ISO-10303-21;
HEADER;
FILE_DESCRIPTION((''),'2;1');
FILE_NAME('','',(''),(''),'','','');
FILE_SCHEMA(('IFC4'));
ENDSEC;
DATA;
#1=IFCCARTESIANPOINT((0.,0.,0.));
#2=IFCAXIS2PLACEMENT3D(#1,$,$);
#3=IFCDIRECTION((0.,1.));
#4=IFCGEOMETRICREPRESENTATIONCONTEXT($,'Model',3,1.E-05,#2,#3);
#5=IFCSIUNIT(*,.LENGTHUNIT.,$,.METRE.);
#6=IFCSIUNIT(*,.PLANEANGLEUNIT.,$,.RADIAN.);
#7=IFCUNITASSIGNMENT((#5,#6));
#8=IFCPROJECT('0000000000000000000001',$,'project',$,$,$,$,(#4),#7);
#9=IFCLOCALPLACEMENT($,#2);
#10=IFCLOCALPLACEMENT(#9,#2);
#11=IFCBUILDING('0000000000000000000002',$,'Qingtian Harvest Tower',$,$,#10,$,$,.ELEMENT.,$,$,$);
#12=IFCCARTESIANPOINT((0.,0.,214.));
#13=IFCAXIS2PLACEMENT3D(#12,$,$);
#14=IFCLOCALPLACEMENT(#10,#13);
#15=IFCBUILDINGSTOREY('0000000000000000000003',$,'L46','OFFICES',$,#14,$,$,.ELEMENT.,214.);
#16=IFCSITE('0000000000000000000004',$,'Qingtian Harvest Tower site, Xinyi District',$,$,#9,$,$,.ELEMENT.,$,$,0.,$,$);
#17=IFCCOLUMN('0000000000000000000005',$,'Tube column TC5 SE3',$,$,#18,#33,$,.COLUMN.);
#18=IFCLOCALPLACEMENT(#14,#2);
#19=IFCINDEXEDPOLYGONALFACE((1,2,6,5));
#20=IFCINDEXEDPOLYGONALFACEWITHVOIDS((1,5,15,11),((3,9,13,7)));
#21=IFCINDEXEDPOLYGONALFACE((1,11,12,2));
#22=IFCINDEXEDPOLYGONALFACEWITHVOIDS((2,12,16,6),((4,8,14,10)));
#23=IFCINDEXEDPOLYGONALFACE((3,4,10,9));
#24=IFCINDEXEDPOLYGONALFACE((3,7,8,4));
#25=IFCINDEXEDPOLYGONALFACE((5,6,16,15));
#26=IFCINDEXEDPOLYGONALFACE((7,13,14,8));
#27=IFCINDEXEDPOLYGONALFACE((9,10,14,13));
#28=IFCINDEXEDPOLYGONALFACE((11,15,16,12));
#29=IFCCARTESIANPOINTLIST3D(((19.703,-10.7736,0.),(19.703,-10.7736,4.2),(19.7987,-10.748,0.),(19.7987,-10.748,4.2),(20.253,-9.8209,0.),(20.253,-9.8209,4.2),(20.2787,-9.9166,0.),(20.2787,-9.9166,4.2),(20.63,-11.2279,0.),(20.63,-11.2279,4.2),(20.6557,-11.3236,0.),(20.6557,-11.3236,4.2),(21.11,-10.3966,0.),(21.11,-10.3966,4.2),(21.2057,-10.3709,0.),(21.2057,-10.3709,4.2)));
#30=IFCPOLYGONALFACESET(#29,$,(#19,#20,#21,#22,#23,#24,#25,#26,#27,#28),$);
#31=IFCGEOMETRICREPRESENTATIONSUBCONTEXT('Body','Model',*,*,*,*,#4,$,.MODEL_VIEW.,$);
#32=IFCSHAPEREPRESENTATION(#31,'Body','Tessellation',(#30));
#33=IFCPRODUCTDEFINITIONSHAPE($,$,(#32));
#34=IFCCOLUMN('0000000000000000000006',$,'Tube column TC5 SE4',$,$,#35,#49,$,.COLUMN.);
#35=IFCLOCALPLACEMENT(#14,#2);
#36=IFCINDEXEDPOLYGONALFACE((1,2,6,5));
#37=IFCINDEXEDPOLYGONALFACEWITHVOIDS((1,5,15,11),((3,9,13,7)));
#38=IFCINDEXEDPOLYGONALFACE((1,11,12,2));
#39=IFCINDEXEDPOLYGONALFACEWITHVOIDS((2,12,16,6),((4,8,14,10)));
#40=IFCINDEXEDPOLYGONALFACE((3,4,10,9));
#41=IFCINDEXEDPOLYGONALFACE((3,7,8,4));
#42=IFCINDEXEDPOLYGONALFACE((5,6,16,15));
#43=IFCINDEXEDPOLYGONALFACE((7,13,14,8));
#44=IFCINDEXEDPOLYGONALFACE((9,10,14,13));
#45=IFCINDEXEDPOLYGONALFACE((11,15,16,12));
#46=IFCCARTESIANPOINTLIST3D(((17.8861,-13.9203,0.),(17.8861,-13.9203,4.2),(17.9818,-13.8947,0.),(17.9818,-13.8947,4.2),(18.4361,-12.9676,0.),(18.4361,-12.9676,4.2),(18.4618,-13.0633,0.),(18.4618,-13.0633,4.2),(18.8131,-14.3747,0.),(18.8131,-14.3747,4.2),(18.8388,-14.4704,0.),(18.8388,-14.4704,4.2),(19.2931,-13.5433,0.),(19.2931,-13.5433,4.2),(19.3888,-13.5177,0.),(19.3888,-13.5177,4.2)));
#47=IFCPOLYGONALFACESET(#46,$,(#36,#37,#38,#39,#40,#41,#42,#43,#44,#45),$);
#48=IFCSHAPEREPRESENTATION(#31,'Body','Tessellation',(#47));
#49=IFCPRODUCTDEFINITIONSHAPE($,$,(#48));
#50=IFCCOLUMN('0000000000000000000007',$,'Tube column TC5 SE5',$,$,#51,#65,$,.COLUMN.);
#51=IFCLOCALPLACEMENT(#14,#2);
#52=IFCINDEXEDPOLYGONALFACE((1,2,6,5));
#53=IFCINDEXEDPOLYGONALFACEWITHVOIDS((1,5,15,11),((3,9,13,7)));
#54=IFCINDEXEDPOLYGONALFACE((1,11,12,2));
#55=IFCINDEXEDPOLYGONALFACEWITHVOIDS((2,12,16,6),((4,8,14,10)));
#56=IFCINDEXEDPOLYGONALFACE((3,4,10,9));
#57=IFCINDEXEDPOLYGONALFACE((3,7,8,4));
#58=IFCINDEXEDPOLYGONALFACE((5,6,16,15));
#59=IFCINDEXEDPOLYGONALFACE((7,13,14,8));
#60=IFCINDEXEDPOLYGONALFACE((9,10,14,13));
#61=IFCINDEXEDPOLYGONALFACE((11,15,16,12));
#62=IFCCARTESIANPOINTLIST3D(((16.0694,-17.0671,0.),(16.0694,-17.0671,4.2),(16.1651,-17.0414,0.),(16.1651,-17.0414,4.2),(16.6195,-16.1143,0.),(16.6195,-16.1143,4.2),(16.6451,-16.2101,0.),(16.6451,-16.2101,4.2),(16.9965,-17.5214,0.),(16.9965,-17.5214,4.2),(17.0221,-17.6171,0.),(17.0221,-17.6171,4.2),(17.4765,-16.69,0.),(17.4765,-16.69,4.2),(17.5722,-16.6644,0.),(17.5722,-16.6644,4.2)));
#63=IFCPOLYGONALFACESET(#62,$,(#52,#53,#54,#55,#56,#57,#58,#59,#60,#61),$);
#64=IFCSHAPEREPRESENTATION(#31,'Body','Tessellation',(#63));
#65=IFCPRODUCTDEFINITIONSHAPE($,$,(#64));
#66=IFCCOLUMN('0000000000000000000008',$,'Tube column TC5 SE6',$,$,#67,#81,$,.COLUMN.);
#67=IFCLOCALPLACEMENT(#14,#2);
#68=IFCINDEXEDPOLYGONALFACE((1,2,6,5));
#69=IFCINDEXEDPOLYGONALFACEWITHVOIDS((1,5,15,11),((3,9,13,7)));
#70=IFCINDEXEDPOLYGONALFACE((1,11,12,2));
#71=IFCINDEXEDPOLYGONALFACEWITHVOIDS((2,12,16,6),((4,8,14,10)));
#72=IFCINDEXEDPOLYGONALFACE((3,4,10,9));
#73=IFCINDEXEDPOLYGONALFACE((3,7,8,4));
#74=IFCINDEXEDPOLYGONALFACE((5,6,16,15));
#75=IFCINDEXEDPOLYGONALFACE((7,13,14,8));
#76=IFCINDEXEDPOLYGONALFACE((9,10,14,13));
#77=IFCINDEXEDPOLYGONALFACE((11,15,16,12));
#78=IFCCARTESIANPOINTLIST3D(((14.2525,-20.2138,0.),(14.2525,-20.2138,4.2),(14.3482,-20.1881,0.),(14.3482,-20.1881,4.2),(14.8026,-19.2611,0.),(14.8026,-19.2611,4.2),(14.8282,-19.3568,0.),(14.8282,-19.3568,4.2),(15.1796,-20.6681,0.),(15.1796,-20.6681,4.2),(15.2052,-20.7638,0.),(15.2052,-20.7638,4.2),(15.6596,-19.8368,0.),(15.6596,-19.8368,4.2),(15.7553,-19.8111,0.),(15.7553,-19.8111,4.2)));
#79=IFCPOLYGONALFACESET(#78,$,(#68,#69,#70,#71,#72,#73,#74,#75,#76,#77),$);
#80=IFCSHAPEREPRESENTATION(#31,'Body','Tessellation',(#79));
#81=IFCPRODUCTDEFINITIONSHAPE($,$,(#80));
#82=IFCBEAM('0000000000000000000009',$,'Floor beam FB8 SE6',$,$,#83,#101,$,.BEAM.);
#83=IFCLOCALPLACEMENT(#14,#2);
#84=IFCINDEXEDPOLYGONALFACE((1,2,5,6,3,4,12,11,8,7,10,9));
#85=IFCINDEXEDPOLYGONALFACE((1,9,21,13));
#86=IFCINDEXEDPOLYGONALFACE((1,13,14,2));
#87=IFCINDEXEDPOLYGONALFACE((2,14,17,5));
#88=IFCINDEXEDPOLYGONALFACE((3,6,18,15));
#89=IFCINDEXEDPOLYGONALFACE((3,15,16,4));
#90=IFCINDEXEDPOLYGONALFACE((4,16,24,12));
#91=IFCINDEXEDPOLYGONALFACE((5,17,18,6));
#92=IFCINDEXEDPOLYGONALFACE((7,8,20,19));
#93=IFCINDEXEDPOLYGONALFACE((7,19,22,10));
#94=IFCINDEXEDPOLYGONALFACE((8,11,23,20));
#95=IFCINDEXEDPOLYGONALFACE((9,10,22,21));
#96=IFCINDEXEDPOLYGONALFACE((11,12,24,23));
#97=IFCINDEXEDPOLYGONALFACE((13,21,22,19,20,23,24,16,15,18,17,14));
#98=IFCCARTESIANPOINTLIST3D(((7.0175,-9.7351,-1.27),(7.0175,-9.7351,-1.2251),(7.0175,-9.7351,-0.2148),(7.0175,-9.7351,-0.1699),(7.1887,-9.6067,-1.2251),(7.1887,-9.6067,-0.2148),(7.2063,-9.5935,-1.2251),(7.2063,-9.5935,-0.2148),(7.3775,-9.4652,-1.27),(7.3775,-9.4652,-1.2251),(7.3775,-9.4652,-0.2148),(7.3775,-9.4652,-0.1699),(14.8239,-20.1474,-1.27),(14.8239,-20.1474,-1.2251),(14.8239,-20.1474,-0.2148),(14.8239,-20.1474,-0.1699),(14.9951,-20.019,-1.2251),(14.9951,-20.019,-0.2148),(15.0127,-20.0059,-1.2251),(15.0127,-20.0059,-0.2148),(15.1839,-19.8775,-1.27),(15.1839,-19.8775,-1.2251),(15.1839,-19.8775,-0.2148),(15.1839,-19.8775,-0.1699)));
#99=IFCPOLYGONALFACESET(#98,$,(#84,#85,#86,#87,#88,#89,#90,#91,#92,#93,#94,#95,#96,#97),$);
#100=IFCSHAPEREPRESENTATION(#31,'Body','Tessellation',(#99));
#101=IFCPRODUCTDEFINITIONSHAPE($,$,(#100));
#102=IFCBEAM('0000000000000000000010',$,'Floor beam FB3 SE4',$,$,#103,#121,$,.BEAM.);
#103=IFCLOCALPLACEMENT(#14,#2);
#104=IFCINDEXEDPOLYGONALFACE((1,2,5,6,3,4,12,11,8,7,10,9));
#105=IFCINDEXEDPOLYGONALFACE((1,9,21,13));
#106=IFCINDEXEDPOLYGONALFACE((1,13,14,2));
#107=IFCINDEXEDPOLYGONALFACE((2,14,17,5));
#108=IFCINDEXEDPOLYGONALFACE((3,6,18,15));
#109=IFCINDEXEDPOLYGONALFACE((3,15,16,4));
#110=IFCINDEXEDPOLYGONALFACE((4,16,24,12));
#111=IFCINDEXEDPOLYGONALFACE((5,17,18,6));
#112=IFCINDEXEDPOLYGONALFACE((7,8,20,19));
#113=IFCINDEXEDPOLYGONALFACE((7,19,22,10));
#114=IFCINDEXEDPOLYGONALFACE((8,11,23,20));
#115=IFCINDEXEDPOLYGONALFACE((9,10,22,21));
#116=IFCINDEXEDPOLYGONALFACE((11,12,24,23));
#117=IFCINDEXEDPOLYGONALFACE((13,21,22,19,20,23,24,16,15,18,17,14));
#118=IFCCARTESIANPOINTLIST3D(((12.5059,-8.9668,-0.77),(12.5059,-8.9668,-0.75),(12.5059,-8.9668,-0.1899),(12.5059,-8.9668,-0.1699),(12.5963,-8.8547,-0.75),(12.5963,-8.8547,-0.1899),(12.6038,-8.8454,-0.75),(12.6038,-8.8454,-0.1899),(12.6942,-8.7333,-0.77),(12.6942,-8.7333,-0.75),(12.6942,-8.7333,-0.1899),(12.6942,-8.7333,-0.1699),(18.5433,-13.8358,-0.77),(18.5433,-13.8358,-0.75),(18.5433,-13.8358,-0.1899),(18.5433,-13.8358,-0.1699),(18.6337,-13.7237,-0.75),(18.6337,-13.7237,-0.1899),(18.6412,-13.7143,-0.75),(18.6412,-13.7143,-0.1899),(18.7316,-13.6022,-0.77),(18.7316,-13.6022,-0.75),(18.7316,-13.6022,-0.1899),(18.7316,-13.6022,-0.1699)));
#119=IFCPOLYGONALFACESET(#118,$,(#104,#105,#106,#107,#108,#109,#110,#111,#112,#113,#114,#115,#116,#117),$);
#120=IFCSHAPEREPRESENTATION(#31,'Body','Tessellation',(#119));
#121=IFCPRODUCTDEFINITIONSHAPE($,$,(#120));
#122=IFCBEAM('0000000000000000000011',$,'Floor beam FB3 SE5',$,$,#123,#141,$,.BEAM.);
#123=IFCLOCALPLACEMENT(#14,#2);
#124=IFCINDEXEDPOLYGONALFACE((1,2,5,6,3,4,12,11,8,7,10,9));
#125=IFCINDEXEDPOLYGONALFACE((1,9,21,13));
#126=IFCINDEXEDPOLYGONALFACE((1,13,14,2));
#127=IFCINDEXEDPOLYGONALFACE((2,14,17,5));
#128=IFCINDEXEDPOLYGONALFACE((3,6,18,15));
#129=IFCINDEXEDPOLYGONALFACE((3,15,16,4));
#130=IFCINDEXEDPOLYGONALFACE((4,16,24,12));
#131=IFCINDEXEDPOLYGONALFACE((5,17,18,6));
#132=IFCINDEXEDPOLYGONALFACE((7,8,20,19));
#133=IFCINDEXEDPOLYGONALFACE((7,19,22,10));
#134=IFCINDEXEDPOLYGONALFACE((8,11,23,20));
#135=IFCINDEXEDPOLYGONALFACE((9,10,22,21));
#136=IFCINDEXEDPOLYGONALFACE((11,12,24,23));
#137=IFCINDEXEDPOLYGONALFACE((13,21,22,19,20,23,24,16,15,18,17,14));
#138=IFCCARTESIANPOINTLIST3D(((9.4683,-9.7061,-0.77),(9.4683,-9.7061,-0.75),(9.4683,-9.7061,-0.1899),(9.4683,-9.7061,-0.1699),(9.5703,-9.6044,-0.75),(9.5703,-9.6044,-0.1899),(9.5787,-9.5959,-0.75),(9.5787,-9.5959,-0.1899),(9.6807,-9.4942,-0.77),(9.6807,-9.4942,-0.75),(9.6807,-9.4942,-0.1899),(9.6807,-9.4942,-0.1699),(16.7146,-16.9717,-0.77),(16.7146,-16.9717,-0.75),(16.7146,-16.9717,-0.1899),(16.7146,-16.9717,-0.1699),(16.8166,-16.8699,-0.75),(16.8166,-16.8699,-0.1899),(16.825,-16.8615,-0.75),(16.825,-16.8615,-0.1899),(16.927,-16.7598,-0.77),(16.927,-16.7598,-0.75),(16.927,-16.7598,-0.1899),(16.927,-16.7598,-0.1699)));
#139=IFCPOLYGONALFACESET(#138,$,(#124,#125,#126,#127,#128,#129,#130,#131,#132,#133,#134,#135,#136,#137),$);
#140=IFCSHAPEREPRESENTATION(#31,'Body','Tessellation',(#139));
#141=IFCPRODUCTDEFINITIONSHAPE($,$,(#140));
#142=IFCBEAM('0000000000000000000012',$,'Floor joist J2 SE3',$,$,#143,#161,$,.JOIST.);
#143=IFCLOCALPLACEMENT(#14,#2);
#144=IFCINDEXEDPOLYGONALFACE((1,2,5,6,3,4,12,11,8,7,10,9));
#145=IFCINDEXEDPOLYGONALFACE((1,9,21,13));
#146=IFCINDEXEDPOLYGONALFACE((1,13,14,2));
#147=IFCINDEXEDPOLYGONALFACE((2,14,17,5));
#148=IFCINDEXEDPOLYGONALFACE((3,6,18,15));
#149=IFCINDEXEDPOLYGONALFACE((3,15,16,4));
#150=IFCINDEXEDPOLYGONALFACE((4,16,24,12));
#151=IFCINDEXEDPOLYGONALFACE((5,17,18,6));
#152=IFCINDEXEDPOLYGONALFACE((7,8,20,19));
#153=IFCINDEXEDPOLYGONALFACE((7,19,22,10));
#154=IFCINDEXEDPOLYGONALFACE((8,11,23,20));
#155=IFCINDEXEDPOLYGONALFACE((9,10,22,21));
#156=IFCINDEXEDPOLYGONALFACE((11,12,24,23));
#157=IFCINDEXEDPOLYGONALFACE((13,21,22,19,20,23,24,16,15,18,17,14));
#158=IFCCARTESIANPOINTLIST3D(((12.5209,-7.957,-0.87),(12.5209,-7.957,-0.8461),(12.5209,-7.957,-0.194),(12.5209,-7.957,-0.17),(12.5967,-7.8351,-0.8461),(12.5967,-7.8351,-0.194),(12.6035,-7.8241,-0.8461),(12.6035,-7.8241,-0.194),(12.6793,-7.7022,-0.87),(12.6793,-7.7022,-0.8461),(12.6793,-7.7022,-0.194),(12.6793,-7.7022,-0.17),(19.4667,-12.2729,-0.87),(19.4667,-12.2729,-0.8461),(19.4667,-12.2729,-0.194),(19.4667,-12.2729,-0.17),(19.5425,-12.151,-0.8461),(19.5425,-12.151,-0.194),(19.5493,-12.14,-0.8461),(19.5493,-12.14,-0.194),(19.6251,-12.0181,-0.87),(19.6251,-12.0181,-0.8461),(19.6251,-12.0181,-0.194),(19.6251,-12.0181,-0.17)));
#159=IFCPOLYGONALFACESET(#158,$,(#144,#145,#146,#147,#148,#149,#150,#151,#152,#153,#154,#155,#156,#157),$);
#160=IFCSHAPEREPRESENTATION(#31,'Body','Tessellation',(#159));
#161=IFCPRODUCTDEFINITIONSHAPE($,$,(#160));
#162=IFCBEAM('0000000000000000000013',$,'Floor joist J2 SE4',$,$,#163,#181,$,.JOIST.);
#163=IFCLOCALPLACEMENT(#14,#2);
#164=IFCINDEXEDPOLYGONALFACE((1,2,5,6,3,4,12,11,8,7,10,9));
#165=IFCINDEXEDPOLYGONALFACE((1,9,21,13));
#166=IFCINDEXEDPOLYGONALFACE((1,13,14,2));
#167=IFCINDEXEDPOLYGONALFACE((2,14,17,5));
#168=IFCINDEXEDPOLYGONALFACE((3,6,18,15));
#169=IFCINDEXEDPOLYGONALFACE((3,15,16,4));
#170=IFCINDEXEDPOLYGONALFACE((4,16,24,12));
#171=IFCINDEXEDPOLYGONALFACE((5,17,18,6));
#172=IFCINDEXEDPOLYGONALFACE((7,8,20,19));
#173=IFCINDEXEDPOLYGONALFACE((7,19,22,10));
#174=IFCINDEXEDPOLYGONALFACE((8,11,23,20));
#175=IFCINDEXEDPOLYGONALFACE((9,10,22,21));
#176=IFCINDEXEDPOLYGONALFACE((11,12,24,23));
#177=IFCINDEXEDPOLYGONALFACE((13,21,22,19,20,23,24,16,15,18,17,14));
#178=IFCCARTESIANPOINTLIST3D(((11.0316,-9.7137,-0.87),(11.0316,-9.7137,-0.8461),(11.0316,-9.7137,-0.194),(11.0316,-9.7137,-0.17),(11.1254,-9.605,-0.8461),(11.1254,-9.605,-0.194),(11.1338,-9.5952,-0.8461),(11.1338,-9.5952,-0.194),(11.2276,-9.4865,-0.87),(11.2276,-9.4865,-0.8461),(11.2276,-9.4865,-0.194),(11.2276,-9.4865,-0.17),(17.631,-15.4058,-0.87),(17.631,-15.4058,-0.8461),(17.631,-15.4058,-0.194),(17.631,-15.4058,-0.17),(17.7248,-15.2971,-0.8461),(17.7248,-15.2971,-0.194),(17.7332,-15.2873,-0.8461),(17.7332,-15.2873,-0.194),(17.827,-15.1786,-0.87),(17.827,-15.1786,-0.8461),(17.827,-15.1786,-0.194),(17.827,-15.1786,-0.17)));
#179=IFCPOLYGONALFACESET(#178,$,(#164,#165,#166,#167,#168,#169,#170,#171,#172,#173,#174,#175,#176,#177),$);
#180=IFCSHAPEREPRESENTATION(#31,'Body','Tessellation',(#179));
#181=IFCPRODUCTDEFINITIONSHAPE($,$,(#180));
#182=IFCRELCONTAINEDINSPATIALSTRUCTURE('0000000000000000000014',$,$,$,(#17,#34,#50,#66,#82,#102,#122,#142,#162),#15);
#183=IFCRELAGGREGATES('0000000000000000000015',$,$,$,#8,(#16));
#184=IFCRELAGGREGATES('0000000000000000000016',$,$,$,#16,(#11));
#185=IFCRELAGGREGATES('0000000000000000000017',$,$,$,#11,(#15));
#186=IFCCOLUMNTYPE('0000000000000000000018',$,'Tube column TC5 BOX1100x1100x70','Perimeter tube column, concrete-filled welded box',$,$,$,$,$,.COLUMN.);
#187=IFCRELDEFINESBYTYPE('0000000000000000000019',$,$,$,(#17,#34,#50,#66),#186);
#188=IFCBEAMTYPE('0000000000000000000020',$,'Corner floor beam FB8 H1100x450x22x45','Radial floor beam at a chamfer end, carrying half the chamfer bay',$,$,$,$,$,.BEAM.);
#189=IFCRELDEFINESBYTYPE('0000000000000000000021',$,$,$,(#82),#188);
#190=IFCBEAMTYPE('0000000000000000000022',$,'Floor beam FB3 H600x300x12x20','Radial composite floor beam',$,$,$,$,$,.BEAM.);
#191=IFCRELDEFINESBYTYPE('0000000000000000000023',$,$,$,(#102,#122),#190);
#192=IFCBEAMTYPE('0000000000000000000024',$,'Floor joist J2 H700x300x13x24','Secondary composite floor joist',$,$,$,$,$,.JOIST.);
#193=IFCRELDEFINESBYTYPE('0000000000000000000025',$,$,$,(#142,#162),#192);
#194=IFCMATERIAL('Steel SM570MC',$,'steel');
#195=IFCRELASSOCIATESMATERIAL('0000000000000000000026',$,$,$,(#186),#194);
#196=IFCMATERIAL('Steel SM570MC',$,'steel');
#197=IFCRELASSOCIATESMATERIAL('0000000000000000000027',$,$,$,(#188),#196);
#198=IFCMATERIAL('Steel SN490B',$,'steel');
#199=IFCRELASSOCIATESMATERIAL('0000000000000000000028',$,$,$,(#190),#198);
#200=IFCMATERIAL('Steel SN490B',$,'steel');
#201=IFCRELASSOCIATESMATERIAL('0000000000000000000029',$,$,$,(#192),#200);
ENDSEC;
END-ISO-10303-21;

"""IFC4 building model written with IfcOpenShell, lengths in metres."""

from ifc_helpers import new_model, si_unit, direction, frame, origin, origin_2d, place, context, subcontext, project, spatial, hollow_rectangle, i_section, extrude, material, material_profile, profile_set, type_object, element, save


model = new_model("IFC4")

# Units and contexts
model_context = context("Model", 3, precision=1e-05, world=origin(), true_north=direction((0.0, 1.0)))
body_context = subcontext(model_context, "Body", "Model", "MODEL_VIEW")
ifc_project = project(units=[si_unit("LENGTHUNIT", "METRE"), si_unit("PLANEANGLEUNIT", "RADIAN")], contexts=[model_context])

# Site, building, storey
site_placement = place(None, origin())
site = spatial("IfcSite", under=ifc_project, at=site_placement, Name="Qingtian Harvest Tower site, Xinyi District", CompositionType="ELEMENT", RefElevation=0.0)
building_placement = place(site_placement, origin())
building = spatial("IfcBuilding", under=site, at=building_placement, Name="Qingtian Harvest Tower", CompositionType="ELEMENT")
storey_placement = place(building_placement, frame((0.0, 0.0, 214.0)))
storey = spatial("IfcBuildingStorey", under=building, at=storey_placement, Name="L46", Description="OFFICES", CompositionType="ELEMENT", Elevation=214.0)

# Columns
ifc_material_1 = material(Name="Steel SM570MC", Category="steel")
ifc_material_profile_1 = material_profile(ifc_material_1, hollow_rectangle(XDim=1.1001, YDim=1.1001, WallThickness=0.0701, at=origin_2d()), Name="BOX1100x1100x70")
ifc_profile_set_1 = profile_set([ifc_material_profile_1], Name="Steel SM570MC")
column_type = type_object("IfcColumnType", Name="Tube column TC5 BOX1100x1100x70", Description="Perimeter tube column, concrete-filled welded box", PredefinedType="COLUMN", material=ifc_profile_set_1)
for number, where, z_axis, x_axis, name in (
    (1, (20.4543, -10.5723, 0.0), (0.0, 0.0, 1.0), (0.5, 0.866025, 0.0), "Tube column TC5 SE3"),
    (2, (18.6375, -13.719, 0.0), (0.0, 0.0, 1.0), (0.5, 0.866025, 0.0), "Tube column TC5 SE4"),
    (3, (16.8208, -16.8657, 0.0), (0.0, 0.0, 1.0), (0.5, 0.866025, 0.0), "Tube column TC5 SE5"),
    (4, (15.0039, -20.0125, 0.0), (0.0, 0.0, 1.0), (0.5, 0.866025, 0.0), "Tube column TC5 SE6"),
):
    element("IfcColumn", number, at=place(storey_placement, frame(where, z_axis=z_axis, x_axis=x_axis)), inside=storey, type_object=column_type, Name=name, PredefinedType="COLUMN", context=body_context, shape_type="SweptSolid", body=[
        extrude(hollow_rectangle(XDim=1.1001, YDim=1.1001, WallThickness=0.0701, at=origin_2d()), origin(), (0.0, 0.0, 1.0), 4.2),
    ])

# Beams
ifc_material_2 = material(Name="Steel SM570MC", Category="steel")
ifc_material_profile_2 = material_profile(ifc_material_2, i_section(OverallWidth=0.45, OverallDepth=1.1001, WebThickness=0.022, FlangeThickness=0.0449, at=origin_2d()), Name="H1100x450x22x45")
ifc_profile_set_2 = profile_set([ifc_material_profile_2], Name="Steel SM570MC")
beam_type_1 = type_object("IfcBeamType", Name="Corner floor beam FB8 H1100x450x22x45", Description="Radial floor beam at a chamfer end, carrying half the chamfer bay", PredefinedType="BEAM", material=ifc_profile_set_2)
beam_1_placement = place(storey_placement, frame((15.0039, -20.0125, -0.72), z_axis=(-0.599859, 0.800106, 0.0), x_axis=(-0.800106, -0.599859, 0.0)))
element("IfcBeam", 5, at=beam_1_placement, inside=storey, type_object=beam_type_1, Name="Floor beam FB8 SE6", PredefinedType="BEAM", context=body_context, shape_type="SweptSolid", body=[
    extrude(i_section(OverallWidth=0.45, OverallDepth=1.1001, WebThickness=0.022, FlangeThickness=0.0449, at=origin_2d()), origin(), (0.0, 0.0, 1.0), 13.0137),
])
ifc_material_3 = material(Name="Steel SN490B", Category="steel")
ifc_material_profile_3 = material_profile(ifc_material_3, i_section(OverallWidth=0.3, OverallDepth=0.6001, WebThickness=0.012, FlangeThickness=0.02, at=origin_2d()), Name="H600x300x12x20")
ifc_profile_set_3 = profile_set([ifc_material_profile_3], Name="Steel SN490B")
beam_type_2 = type_object("IfcBeamType", Name="Floor beam FB3 H600x300x12x20", Description="Radial composite floor beam", PredefinedType="BEAM", material=ifc_profile_set_3)
beam_2_placement = place(storey_placement, frame((18.6375, -13.719, -0.47), z_axis=(-0.778409, 0.627757, 0.0), x_axis=(-0.627757, -0.778409, 0.0)))
element("IfcBeam", 6, at=beam_2_placement, inside=storey, type_object=beam_type_2, Name="Floor beam FB3 SE4", PredefinedType="BEAM", context=body_context, shape_type="SweptSolid", body=[
    extrude(i_section(OverallWidth=0.3, OverallDepth=0.6001, WebThickness=0.012, FlangeThickness=0.02, at=origin_2d()), origin(), (0.0, 0.0, 1.0), 7.7561),
])
beam_3_placement = place(storey_placement, frame((16.8208, -16.8657, -0.47), z_axis=(-0.706166, 0.708046, 0.0), x_axis=(-0.708046, -0.706166, 0.0)))
element("IfcBeam", 7, at=beam_3_placement, inside=storey, type_object=beam_type_2, Name="Floor beam FB3 SE5", PredefinedType="BEAM", context=body_context, shape_type="SweptSolid", body=[
    extrude(i_section(OverallWidth=0.3, OverallDepth=0.6001, WebThickness=0.012, FlangeThickness=0.02, at=origin_2d()), origin(), (0.0, 0.0, 1.0), 10.2615),
])
ifc_material_4 = material(Name="Steel SN490B", Category="steel")
ifc_material_profile_4 = material_profile(ifc_material_4, i_section(OverallWidth=0.3, OverallDepth=0.7, WebThickness=0.0129, FlangeThickness=0.0239, at=origin_2d()), Name="H700x300x13x24")
ifc_profile_set_4 = profile_set([ifc_material_profile_4], Name="Steel SN490B")
beam_type_3 = type_object("IfcBeamType", Name="Floor joist J2 H700x300x13x24", Description="Secondary composite floor joist", PredefinedType="JOIST", material=ifc_profile_set_4)
beam_4_placement = place(storey_placement, frame((19.5459, -12.1455, -0.52), z_axis=(-0.849381, 0.52778, 0.0), x_axis=(-0.52778, -0.849381, 0.0)))
element("IfcBeam", 8, at=beam_4_placement, inside=storey, type_object=beam_type_3, Name="Floor joist J2 SE3", PredefinedType="JOIST", context=body_context, shape_type="SweptSolid", body=[
    extrude(i_section(OverallWidth=0.3, OverallDepth=0.7, WebThickness=0.0129, FlangeThickness=0.0239, at=origin_2d()), origin(), (0.0, 0.0, 1.0), 8.1775),
])
beam_5_placement = place(storey_placement, frame((17.729, -15.2922, -0.52), z_axis=(-0.757238, 0.653139, 0.0), x_axis=(-0.653139, -0.757238, 0.0)))
element("IfcBeam", 9, at=beam_5_placement, inside=storey, type_object=beam_type_3, Name="Floor joist J2 SE4", PredefinedType="JOIST", context=body_context, shape_type="SweptSolid", body=[
    extrude(i_section(OverallWidth=0.3, OverallDepth=0.7, WebThickness=0.0129, FlangeThickness=0.0239, at=origin_2d()), origin(), (0.0, 0.0, 1.0), 8.7151),
])

save(model, "model.ifc")
